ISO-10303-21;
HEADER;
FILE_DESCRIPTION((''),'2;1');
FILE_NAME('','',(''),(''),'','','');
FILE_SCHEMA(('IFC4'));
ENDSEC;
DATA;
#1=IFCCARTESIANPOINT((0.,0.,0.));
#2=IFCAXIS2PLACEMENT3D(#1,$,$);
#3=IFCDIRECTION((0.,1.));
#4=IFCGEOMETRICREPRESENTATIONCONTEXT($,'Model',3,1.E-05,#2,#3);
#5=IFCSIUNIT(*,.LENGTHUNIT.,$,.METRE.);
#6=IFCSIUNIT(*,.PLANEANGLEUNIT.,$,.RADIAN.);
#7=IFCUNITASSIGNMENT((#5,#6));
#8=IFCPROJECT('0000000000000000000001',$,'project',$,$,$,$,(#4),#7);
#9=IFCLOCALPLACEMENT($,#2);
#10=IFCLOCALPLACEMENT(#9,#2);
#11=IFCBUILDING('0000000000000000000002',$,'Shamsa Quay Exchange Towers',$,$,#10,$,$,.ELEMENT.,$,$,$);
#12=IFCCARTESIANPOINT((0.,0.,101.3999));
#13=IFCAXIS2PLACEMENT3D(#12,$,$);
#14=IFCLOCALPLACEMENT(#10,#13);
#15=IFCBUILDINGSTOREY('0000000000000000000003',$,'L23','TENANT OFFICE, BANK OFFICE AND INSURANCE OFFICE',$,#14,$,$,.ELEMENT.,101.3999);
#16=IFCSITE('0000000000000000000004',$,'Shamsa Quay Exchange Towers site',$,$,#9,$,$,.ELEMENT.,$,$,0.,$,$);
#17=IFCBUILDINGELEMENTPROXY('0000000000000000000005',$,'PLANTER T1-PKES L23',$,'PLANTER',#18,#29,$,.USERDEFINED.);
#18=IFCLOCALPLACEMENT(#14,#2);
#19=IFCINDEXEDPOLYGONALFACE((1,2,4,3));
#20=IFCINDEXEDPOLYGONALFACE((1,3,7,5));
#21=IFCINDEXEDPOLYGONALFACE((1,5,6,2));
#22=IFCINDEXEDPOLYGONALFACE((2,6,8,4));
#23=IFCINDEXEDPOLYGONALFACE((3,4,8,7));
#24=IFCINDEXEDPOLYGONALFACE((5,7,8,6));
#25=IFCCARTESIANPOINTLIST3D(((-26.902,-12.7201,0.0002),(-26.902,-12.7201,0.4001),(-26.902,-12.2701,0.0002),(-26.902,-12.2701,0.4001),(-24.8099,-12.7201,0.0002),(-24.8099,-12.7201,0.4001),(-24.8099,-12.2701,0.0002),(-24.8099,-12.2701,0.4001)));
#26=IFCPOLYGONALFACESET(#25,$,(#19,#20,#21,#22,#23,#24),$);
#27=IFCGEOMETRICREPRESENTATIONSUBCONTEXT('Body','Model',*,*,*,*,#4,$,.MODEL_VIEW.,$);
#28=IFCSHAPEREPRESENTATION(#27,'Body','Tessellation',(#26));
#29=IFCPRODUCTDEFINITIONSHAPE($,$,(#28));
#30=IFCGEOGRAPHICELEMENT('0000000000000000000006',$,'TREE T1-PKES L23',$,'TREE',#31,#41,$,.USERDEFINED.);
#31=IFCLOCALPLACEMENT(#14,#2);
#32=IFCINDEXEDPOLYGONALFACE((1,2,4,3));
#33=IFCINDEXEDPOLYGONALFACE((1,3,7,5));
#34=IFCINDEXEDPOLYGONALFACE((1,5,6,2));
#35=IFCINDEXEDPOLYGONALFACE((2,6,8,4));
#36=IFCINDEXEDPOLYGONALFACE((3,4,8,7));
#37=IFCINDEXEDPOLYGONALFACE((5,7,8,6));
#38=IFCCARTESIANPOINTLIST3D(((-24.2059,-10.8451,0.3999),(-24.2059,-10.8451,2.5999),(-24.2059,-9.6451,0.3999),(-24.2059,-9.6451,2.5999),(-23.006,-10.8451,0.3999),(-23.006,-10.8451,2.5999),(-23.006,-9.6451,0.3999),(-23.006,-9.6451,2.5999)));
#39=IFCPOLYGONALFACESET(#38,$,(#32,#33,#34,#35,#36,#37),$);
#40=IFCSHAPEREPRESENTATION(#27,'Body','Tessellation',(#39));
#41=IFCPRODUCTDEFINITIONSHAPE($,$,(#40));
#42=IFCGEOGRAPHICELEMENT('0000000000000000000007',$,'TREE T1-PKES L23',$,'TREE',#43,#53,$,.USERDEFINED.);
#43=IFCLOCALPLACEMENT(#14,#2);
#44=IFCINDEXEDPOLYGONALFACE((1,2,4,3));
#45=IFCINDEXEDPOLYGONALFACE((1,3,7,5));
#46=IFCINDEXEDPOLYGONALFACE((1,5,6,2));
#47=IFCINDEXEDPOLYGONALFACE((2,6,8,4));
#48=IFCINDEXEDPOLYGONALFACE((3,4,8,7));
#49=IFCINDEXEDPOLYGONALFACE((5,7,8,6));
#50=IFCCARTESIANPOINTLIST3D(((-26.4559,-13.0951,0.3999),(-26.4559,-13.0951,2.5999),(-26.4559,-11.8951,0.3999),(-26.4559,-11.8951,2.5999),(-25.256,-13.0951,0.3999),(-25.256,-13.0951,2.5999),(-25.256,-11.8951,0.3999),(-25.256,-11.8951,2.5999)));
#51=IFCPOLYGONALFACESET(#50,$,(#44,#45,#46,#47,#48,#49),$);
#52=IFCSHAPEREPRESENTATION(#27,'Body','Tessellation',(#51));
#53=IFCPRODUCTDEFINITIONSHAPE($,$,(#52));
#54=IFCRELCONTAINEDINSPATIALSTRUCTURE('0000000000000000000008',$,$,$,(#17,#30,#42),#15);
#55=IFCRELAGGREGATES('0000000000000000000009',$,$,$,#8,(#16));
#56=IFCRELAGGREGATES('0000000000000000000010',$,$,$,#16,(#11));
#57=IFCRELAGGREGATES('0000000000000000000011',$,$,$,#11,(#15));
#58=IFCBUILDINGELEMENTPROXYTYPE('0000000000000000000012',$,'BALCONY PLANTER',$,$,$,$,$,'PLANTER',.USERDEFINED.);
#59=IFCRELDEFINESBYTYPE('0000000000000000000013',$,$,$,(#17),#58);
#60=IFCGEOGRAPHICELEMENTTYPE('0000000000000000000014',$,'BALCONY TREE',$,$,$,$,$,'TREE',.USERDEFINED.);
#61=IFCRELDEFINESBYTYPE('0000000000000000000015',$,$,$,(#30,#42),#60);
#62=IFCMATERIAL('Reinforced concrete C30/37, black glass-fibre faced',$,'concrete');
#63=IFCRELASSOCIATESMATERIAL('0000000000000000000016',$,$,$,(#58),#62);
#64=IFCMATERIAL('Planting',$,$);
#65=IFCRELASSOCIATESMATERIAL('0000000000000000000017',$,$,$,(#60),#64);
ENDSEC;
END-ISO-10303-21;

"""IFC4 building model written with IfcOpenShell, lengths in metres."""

from ifc_helpers import new_model, si_unit, direction, frame, origin, origin_2d, place, context, subcontext, project, spatial, rectangle, extrude, material, type_object, element, save


model = new_model("IFC4")

# Units and contexts
model_context = context("Model", 3, precision=1e-05, world=origin(), true_north=direction((0.0, 1.0)))
body_context = subcontext(model_context, "Body", "Model", "MODEL_VIEW")
ifc_project = project(units=[si_unit("LENGTHUNIT", "METRE"), si_unit("PLANEANGLEUNIT", "RADIAN")], contexts=[model_context])

# Site, building, storey
site_placement = place(None, origin())
site = spatial("IfcSite", under=ifc_project, at=site_placement, Name="Shamsa Quay Exchange Towers site", CompositionType="ELEMENT", RefElevation=0.0)
building_placement = place(site_placement, origin())
building = spatial("IfcBuilding", under=site, at=building_placement, Name="Shamsa Quay Exchange Towers", CompositionType="ELEMENT")
storey_placement = place(building_placement, frame((0.0, 0.0, 101.3999)))
storey = spatial("IfcBuildingStorey", under=building, at=storey_placement, Name="L23", Description="TENANT OFFICE, BANK OFFICE AND INSURANCE OFFICE", CompositionType="ELEMENT", Elevation=101.3999)

# Building element proxy
ifc_material_1 = material(Name="Reinforced concrete C30/37, black glass-fibre faced", Category="concrete")
building_element_proxy_type = type_object("IfcBuildingElementProxyType", Name="BALCONY PLANTER", ElementType="PLANTER", PredefinedType="USERDEFINED", material=ifc_material_1)
for number, where, name in (
    (1, (-25.856, -12.4951, 0.0002), "PLANTER T1-PKES L23"),
):
    element("IfcBuildingElementProxy", number, at=place(storey_placement, frame(where)), inside=storey, type_object=building_element_proxy_type, Name=name, ObjectType="PLANTER", PredefinedType="USERDEFINED", context=body_context, shape_type="SweptSolid", body=[
        extrude(rectangle(XDim=2.092, YDim=0.45, at=origin_2d()), origin(), (0.0, 0.0, 1.0), 0.3999),
    ])

# Geographic elements
ifc_material_2 = material(Name="Planting")
geographic_element_type = type_object("IfcGeographicElementType", Name="BALCONY TREE", ElementType="TREE", PredefinedType="USERDEFINED", material=ifc_material_2)
for number, where, name in (
    (2, (-23.606, -10.2451, 0.3999), "TREE T1-PKES L23"),
    (3, (-25.856, -12.4951, 0.3999), "TREE T1-PKES L23"),
):
    element("IfcGeographicElement", number, at=place(storey_placement, frame(where)), inside=storey, type_object=geographic_element_type, Name=name, ObjectType="TREE", PredefinedType="USERDEFINED", context=body_context, shape_type="SweptSolid", body=[
        extrude(rectangle(XDim=1.2, YDim=1.2, at=origin_2d()), origin(), (0.0, 0.0, 1.0), 2.2),
    ])

save(model, "model.ifc")
